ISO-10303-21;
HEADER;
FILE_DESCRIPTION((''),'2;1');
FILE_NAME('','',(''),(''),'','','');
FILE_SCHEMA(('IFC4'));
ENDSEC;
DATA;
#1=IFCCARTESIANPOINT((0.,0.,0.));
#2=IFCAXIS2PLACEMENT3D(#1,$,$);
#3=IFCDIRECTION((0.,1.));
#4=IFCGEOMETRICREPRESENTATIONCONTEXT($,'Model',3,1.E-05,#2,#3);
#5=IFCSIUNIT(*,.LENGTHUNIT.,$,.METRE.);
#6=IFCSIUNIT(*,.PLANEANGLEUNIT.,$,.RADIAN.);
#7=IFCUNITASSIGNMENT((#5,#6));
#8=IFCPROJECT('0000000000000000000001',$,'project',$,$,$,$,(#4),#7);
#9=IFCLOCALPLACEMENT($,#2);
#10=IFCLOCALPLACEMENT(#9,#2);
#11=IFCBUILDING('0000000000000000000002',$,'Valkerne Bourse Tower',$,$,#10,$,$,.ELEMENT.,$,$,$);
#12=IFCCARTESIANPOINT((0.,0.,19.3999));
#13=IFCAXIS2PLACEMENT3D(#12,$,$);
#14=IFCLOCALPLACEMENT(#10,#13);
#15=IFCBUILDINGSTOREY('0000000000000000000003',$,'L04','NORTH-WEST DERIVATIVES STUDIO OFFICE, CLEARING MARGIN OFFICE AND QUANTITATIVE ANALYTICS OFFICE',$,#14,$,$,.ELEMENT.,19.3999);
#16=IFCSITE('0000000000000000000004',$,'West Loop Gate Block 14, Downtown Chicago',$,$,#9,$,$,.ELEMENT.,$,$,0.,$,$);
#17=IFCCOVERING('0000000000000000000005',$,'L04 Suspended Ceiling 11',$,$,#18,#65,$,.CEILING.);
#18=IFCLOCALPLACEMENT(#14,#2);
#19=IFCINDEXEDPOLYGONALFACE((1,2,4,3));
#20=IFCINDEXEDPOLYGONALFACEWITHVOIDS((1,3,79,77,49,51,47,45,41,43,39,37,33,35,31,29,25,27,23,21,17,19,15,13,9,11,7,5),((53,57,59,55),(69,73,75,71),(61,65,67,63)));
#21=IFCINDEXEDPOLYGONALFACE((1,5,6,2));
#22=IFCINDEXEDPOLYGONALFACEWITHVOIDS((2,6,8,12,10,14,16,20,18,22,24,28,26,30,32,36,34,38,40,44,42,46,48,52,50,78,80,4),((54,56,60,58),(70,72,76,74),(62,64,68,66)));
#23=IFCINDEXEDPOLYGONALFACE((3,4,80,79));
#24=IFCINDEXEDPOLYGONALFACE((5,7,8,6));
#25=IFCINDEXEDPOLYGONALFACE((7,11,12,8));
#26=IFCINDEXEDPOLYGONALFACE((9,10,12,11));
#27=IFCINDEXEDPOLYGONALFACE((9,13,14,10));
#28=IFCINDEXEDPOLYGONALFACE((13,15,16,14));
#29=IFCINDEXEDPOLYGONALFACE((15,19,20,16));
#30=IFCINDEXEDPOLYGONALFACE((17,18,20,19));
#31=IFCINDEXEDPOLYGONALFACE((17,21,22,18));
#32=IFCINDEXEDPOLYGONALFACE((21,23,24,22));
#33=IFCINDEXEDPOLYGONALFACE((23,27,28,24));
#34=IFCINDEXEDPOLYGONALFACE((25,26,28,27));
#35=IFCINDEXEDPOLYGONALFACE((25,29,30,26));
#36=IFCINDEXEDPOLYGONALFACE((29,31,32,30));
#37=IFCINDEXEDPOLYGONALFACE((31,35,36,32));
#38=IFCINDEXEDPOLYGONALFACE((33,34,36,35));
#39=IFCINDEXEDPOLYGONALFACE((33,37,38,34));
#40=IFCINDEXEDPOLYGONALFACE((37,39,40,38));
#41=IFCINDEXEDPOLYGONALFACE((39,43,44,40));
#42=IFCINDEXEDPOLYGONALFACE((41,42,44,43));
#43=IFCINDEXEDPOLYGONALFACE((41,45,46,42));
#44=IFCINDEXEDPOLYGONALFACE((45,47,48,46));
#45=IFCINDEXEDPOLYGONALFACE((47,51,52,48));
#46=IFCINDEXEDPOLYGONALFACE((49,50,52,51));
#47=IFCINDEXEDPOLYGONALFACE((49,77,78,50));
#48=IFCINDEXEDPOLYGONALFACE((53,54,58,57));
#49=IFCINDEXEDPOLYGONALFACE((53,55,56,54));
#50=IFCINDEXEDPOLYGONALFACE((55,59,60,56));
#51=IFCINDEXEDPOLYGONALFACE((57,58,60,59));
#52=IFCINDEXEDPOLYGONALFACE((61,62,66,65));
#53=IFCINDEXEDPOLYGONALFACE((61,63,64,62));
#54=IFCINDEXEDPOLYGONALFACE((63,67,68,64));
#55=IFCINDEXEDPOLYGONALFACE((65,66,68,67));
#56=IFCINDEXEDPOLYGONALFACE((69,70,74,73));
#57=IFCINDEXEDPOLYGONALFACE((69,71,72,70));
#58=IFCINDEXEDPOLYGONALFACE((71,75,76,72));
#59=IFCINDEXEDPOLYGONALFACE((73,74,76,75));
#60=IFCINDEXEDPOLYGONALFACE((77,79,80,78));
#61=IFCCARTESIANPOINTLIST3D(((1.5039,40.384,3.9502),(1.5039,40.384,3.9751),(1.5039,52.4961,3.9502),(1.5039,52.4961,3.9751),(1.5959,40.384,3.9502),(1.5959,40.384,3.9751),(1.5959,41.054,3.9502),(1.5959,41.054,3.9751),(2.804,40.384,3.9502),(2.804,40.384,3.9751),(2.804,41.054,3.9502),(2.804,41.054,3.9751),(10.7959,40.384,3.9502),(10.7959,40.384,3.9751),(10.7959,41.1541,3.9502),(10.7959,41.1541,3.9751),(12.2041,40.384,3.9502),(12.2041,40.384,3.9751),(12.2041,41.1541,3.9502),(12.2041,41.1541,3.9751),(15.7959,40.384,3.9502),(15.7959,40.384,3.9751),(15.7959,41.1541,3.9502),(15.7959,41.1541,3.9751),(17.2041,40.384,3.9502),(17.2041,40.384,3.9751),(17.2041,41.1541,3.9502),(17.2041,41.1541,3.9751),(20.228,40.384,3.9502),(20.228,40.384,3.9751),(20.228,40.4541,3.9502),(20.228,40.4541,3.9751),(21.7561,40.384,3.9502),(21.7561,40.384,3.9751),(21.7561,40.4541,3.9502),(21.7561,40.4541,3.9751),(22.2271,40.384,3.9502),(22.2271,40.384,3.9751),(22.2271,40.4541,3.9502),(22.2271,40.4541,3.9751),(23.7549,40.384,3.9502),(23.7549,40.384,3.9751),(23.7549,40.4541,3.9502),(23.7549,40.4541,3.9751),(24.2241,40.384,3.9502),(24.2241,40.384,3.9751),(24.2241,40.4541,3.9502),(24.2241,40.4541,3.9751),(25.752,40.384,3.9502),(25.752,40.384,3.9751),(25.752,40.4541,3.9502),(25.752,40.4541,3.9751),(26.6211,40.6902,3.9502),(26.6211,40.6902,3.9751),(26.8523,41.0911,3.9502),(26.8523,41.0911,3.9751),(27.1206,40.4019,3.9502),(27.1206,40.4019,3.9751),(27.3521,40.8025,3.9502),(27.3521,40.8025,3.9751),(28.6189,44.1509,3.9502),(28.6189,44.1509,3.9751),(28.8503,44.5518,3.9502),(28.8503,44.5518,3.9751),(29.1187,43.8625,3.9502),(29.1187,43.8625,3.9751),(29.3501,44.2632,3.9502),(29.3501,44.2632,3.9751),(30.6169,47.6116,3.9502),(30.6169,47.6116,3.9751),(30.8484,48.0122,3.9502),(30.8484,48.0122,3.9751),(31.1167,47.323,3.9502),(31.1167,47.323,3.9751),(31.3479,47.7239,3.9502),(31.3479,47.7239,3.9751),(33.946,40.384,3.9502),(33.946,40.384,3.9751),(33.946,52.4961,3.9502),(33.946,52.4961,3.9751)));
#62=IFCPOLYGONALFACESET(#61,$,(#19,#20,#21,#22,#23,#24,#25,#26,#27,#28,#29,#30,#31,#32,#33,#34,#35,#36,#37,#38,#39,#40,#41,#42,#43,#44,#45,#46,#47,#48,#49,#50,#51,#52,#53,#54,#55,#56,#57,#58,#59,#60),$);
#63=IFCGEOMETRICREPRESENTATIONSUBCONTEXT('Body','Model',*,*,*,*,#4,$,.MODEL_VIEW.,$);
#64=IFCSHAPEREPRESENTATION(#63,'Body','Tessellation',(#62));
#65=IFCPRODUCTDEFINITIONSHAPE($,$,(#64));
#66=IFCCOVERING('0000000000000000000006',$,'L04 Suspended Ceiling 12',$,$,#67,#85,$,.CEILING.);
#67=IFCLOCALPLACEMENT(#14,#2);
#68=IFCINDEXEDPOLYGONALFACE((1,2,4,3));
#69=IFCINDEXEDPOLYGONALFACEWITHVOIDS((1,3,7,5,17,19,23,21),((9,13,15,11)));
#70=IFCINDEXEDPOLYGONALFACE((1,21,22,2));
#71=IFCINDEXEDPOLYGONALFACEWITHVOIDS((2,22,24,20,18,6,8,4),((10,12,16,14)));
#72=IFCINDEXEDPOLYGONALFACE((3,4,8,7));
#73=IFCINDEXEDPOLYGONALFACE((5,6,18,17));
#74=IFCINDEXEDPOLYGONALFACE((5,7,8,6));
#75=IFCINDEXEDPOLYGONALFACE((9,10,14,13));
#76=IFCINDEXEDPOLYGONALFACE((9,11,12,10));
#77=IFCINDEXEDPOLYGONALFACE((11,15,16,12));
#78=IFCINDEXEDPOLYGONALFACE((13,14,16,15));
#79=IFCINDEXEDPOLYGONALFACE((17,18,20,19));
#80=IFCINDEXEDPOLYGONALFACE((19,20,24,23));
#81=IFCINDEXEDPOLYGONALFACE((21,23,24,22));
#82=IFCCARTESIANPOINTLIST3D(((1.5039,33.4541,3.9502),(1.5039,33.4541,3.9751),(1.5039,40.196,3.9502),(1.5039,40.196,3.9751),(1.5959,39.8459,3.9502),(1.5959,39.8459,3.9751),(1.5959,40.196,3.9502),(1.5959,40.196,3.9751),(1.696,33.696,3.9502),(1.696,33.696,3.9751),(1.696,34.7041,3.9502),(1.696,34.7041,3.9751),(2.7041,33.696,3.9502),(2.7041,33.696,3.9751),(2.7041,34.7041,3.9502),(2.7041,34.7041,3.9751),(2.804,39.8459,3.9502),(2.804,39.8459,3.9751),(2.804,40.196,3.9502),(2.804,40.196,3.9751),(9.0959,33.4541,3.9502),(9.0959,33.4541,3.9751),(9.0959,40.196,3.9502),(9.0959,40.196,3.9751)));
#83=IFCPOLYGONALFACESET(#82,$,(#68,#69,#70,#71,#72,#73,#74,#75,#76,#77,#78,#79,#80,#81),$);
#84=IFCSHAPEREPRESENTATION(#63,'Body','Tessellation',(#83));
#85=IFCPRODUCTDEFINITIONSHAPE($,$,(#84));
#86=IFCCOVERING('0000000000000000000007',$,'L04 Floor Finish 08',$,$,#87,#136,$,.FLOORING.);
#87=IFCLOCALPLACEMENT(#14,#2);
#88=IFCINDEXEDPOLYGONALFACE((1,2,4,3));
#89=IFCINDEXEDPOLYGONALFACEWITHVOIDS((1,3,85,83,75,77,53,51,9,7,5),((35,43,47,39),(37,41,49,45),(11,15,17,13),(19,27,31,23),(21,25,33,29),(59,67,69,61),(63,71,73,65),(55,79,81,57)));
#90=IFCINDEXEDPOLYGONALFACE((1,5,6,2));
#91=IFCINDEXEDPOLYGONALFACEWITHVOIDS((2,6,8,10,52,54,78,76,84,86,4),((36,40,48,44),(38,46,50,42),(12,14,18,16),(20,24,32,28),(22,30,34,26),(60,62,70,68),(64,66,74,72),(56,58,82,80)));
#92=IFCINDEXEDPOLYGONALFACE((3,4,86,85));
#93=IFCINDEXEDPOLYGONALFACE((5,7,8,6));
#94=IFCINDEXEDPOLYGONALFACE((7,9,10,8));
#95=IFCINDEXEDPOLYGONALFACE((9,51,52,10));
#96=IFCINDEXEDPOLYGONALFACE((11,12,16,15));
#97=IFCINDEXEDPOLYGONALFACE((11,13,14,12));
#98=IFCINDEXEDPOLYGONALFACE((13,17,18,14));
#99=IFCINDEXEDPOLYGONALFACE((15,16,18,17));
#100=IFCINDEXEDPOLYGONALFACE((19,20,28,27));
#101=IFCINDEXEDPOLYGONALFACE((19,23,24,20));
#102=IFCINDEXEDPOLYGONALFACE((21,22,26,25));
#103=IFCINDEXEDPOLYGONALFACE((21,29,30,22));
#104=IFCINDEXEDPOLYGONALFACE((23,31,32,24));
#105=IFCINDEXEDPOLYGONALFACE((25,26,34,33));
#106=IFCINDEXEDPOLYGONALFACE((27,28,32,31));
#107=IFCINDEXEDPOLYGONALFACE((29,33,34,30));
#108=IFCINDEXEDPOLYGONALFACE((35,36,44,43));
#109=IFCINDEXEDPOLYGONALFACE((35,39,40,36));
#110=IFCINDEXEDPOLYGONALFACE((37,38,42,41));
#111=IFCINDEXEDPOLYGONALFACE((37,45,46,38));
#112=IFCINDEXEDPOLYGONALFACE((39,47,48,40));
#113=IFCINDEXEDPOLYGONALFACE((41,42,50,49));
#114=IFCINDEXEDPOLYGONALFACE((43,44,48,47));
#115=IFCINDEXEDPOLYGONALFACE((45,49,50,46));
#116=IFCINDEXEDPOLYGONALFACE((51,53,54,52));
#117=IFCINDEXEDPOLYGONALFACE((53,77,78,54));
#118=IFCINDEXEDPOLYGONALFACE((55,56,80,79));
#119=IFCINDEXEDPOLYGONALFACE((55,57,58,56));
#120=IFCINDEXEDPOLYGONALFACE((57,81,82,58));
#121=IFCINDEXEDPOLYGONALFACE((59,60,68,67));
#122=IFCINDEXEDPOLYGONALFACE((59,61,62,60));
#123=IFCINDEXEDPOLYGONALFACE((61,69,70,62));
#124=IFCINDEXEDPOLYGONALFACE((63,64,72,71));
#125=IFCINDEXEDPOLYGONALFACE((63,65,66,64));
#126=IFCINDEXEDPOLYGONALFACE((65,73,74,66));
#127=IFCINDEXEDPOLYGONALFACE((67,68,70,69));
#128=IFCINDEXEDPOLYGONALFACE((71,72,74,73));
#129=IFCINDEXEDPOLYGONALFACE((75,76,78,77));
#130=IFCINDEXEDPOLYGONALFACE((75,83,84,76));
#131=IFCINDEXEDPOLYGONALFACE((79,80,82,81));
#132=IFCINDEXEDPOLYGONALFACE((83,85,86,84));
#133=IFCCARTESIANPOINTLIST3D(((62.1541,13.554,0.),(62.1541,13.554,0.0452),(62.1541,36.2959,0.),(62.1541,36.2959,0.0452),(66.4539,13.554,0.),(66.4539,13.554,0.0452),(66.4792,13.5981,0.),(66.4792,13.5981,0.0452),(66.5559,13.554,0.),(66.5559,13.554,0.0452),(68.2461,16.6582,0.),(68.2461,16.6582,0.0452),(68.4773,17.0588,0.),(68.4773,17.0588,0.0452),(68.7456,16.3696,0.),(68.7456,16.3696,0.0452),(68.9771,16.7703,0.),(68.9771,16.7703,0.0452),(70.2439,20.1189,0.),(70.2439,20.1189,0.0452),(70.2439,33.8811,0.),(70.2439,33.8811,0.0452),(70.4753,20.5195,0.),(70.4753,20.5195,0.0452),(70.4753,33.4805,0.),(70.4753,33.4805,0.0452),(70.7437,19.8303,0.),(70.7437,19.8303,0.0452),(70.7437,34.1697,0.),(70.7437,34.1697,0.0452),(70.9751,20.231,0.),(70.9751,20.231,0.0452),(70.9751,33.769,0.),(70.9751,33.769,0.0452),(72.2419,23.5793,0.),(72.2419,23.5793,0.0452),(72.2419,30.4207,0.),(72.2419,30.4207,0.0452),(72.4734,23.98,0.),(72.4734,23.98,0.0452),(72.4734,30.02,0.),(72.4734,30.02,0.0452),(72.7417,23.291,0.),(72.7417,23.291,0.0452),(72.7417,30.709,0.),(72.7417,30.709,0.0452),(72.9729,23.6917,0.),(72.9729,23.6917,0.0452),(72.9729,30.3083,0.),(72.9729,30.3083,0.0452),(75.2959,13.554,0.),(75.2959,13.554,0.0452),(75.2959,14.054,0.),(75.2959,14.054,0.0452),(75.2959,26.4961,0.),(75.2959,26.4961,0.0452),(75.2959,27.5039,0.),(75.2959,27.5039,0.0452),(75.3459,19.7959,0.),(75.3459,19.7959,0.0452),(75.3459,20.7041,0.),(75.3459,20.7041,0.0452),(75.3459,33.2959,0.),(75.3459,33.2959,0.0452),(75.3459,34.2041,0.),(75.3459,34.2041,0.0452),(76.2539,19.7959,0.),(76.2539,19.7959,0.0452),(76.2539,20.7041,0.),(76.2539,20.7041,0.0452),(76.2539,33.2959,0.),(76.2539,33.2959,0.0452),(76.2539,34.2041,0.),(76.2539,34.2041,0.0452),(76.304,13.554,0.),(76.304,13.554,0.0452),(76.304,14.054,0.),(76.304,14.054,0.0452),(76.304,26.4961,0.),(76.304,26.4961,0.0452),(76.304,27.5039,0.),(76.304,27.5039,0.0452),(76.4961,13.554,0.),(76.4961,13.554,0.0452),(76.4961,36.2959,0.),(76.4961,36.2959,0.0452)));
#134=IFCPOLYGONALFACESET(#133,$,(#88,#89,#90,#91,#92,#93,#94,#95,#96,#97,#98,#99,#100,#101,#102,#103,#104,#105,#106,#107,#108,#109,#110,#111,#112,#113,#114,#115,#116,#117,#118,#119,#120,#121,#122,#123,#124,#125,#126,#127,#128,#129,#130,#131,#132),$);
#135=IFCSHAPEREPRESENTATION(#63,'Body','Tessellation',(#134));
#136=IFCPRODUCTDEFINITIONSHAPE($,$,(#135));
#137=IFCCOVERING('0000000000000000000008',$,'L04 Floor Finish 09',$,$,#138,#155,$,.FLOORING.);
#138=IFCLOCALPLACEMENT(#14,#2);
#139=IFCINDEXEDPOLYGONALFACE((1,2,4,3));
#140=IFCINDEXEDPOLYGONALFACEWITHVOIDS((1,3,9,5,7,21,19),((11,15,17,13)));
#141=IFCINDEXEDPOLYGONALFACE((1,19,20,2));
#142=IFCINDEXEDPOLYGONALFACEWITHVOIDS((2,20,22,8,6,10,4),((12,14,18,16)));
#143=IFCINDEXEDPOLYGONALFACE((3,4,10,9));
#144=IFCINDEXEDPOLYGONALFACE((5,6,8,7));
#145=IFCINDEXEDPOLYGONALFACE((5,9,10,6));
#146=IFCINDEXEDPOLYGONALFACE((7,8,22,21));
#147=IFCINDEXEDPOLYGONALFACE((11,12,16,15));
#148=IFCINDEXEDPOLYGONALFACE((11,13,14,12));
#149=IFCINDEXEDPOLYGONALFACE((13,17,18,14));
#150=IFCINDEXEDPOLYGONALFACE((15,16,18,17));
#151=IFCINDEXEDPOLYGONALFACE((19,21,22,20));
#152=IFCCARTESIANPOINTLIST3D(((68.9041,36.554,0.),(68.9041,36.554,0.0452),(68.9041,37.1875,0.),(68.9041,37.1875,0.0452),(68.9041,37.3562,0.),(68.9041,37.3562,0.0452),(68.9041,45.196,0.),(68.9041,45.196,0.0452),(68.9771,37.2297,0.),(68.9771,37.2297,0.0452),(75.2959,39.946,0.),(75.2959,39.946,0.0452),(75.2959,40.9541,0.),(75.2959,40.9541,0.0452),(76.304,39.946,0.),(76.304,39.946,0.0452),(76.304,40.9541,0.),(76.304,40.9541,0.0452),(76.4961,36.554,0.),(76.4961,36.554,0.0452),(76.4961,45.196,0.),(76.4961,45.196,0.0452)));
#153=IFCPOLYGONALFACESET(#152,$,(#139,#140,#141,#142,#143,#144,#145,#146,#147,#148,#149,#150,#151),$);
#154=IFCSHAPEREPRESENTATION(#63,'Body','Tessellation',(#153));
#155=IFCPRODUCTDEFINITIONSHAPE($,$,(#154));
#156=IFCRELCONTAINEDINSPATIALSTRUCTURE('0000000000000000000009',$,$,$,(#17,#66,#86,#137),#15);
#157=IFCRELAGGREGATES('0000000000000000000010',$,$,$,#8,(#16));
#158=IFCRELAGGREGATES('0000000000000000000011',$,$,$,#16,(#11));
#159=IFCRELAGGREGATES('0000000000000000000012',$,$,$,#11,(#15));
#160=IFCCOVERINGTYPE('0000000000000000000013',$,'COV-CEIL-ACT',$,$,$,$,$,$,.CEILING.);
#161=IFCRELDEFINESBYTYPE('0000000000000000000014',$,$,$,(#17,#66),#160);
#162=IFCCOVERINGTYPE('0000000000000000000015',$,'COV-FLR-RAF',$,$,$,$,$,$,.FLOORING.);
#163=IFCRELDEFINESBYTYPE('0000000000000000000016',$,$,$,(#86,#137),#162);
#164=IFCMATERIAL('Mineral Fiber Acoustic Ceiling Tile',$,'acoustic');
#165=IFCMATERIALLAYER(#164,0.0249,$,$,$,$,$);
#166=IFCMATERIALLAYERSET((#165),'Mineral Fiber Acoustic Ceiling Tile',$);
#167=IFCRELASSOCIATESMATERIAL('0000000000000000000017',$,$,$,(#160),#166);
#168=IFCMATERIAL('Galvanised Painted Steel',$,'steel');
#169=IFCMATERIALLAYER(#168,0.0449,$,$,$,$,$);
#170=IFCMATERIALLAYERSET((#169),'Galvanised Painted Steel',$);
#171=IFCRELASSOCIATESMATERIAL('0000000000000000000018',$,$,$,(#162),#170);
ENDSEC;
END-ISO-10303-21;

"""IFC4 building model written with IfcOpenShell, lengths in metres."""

from ifc_helpers import new_model, si_unit, direction, frame, origin, place, context, subcontext, project, spatial, polyline, outline, extrude, material, layer, layer_set, type_object, element, save


model = new_model("IFC4")

# Units and contexts
model_context = context("Model", 3, precision=1e-05, world=origin(), true_north=direction((0.0, 1.0)))
body_context = subcontext(model_context, "Body", "Model", "MODEL_VIEW")
ifc_project = project(units=[si_unit("LENGTHUNIT", "METRE"), si_unit("PLANEANGLEUNIT", "RADIAN")], contexts=[model_context])

# Site, building, storey
site_placement = place(None, origin())
site = spatial("IfcSite", under=ifc_project, at=site_placement, Name="West Loop Gate Block 14, Downtown Chicago", CompositionType="ELEMENT", RefElevation=0.0)
building_placement = place(site_placement, origin())
building = spatial("IfcBuilding", under=site, at=building_placement, Name="Valkerne Bourse Tower", CompositionType="ELEMENT")
storey_placement = place(building_placement, frame((0.0, 0.0, 19.3999)))
storey = spatial("IfcBuildingStorey", under=building, at=storey_placement, Name="L04", Description="NORTH-WEST DERIVATIVES STUDIO OFFICE, CLEARING MARGIN OFFICE AND QUANTITATIVE ANALYTICS OFFICE", CompositionType="ELEMENT", Elevation=19.3999)

# Coverings
ifc_material_1 = material(Name="Mineral Fiber Acoustic Ceiling Tile", Category="acoustic")
ifc_layer_1 = layer(ifc_material_1, 0.0249)
ifc_layer_set_1 = layer_set([ifc_layer_1], Name="Mineral Fiber Acoustic Ceiling Tile")
covering_type_1 = type_object("IfcCoveringType", Name="COV-CEIL-ACT", PredefinedType="CEILING", material=ifc_layer_set_1)
covering_1_placement = place(storey_placement, frame((0.0, 0.0, 3.9502)))
element("IfcCovering", 1, at=covering_1_placement, inside=storey, type_object=covering_type_1, Name="L04 Suspended Ceiling 11", PredefinedType="CEILING", context=body_context, shape_type="SweptSolid", body=[
    extrude(outline(polyline([(1.5039, 52.4961), (33.946, 52.4961), (33.946, 40.384), (25.752, 40.384), (25.752, 40.4541), (24.2241, 40.4541), (24.2241, 40.384), (23.7549, 40.384), (23.7549, 40.4541), (22.2271, 40.4541), (22.2271, 40.384), (21.7561, 40.384), (21.7561, 40.4541), (20.228, 40.4541), (20.228, 40.384), (17.2041, 40.384), (17.2041, 41.1541), (15.7959, 41.1541), (15.7959, 40.384), (12.2041, 40.384), (12.2041, 41.1541), (10.7959, 41.1541), (10.7959, 40.384), (2.804, 40.384), (2.804, 41.054), (1.5959, 41.054), (1.5959, 40.384), (1.5039, 40.384), (1.5039, 52.4961)]), holes=[polyline([(26.6211, 40.6902), (27.1206, 40.4019), (27.3521, 40.8025), (26.8523, 41.0911), (26.6211, 40.6902)]), polyline([(28.6189, 44.1509), (29.1187, 43.8625), (29.3501, 44.2632), (28.8503, 44.5518), (28.6189, 44.1509)]), polyline([(30.6169, 47.6116), (31.1167, 47.323), (31.3479, 47.7239), (30.8484, 48.0122), (30.6169, 47.6116)])]), origin(), (0.0, 0.0, 1.0), 0.0249),
])
covering_2_placement = place(storey_placement, frame((0.0, 0.0, 3.9502)))
element("IfcCovering", 2, at=covering_2_placement, inside=storey, type_object=covering_type_1, Name="L04 Suspended Ceiling 12", PredefinedType="CEILING", context=body_context, shape_type="SweptSolid", body=[
    extrude(outline(polyline([(1.5039, 40.196), (1.5959, 40.196), (1.5959, 39.8459), (2.804, 39.8459), (2.804, 40.196), (9.0959, 40.196), (9.0959, 33.4541), (1.5039, 33.4541), (1.5039, 40.196)]), holes=[polyline([(1.696, 34.7041), (1.696, 33.696), (2.7041, 33.696), (2.7041, 34.7041), (1.696, 34.7041)])]), origin(), (0.0, 0.0, 1.0), 0.0249),
])
ifc_material_2 = material(Name="Galvanised Painted Steel", Category="steel")
ifc_layer_2 = layer(ifc_material_2, 0.0449)
ifc_layer_set_2 = layer_set([ifc_layer_2], Name="Galvanised Painted Steel")
covering_type_2 = type_object("IfcCoveringType", Name="COV-FLR-RAF", PredefinedType="FLOORING", material=ifc_layer_set_2)
covering_3_placement = place(storey_placement, origin())
element("IfcCovering", 3, at=covering_3_placement, inside=storey, type_object=covering_type_2, Name="L04 Floor Finish 08", PredefinedType="FLOORING", context=body_context, shape_type="SweptSolid", body=[
    extrude(outline(polyline([(62.1541, 36.2959), (76.4961, 36.2959), (76.4961, 13.554), (76.304, 13.554), (76.304, 14.054), (75.2959, 14.054), (75.2959, 13.554), (66.5559, 13.554), (66.4792, 13.5981), (66.4539, 13.554), (62.1541, 13.554), (62.1541, 36.2959)]), holes=[polyline([(68.2461, 16.6582), (68.7456, 16.3696), (68.9771, 16.7703), (68.4773, 17.0588), (68.2461, 16.6582)]), polyline([(70.2439, 20.1189), (70.7437, 19.8303), (70.9751, 20.231), (70.4753, 20.5195), (70.2439, 20.1189)]), polyline([(76.2539, 20.7041), (75.3459, 20.7041), (75.3459, 19.7959), (76.2539, 19.7959), (76.2539, 20.7041)]), polyline([(72.2419, 23.5793), (72.7417, 23.291), (72.9729, 23.6917), (72.4734, 23.98), (72.2419, 23.5793)]), polyline([(75.2959, 27.5039), (75.2959, 26.4961), (76.304, 26.4961), (76.304, 27.5039), (75.2959, 27.5039)]), polyline([(72.7417, 30.709), (72.2419, 30.4207), (72.4734, 30.02), (72.9729, 30.3083), (72.7417, 30.709)]), polyline([(75.3459, 34.2041), (75.3459, 33.2959), (76.2539, 33.2959), (76.2539, 34.2041), (75.3459, 34.2041)]), polyline([(70.2439, 33.8811), (70.4753, 33.4805), (70.9751, 33.769), (70.7437, 34.1697), (70.2439, 33.8811)])]), origin(), (0.0, 0.0, 1.0), 0.0452),
])
covering_4_placement = place(storey_placement, origin())
element("IfcCovering", 4, at=covering_4_placement, inside=storey, type_object=covering_type_2, Name="L04 Floor Finish 09", PredefinedType="FLOORING", context=body_context, shape_type="SweptSolid", body=[
    extrude(outline(polyline([(68.9041, 37.1875), (68.9771, 37.2297), (68.9041, 37.3562), (68.9041, 45.196), (76.4961, 45.196), (76.4961, 36.554), (68.9041, 36.554), (68.9041, 37.1875)]), holes=[polyline([(76.304, 40.9541), (75.2959, 40.9541), (75.2959, 39.946), (76.304, 39.946), (76.304, 40.9541)])]), origin(), (0.0, 0.0, 1.0), 0.0452),
])

save(model, "model.ifc")
